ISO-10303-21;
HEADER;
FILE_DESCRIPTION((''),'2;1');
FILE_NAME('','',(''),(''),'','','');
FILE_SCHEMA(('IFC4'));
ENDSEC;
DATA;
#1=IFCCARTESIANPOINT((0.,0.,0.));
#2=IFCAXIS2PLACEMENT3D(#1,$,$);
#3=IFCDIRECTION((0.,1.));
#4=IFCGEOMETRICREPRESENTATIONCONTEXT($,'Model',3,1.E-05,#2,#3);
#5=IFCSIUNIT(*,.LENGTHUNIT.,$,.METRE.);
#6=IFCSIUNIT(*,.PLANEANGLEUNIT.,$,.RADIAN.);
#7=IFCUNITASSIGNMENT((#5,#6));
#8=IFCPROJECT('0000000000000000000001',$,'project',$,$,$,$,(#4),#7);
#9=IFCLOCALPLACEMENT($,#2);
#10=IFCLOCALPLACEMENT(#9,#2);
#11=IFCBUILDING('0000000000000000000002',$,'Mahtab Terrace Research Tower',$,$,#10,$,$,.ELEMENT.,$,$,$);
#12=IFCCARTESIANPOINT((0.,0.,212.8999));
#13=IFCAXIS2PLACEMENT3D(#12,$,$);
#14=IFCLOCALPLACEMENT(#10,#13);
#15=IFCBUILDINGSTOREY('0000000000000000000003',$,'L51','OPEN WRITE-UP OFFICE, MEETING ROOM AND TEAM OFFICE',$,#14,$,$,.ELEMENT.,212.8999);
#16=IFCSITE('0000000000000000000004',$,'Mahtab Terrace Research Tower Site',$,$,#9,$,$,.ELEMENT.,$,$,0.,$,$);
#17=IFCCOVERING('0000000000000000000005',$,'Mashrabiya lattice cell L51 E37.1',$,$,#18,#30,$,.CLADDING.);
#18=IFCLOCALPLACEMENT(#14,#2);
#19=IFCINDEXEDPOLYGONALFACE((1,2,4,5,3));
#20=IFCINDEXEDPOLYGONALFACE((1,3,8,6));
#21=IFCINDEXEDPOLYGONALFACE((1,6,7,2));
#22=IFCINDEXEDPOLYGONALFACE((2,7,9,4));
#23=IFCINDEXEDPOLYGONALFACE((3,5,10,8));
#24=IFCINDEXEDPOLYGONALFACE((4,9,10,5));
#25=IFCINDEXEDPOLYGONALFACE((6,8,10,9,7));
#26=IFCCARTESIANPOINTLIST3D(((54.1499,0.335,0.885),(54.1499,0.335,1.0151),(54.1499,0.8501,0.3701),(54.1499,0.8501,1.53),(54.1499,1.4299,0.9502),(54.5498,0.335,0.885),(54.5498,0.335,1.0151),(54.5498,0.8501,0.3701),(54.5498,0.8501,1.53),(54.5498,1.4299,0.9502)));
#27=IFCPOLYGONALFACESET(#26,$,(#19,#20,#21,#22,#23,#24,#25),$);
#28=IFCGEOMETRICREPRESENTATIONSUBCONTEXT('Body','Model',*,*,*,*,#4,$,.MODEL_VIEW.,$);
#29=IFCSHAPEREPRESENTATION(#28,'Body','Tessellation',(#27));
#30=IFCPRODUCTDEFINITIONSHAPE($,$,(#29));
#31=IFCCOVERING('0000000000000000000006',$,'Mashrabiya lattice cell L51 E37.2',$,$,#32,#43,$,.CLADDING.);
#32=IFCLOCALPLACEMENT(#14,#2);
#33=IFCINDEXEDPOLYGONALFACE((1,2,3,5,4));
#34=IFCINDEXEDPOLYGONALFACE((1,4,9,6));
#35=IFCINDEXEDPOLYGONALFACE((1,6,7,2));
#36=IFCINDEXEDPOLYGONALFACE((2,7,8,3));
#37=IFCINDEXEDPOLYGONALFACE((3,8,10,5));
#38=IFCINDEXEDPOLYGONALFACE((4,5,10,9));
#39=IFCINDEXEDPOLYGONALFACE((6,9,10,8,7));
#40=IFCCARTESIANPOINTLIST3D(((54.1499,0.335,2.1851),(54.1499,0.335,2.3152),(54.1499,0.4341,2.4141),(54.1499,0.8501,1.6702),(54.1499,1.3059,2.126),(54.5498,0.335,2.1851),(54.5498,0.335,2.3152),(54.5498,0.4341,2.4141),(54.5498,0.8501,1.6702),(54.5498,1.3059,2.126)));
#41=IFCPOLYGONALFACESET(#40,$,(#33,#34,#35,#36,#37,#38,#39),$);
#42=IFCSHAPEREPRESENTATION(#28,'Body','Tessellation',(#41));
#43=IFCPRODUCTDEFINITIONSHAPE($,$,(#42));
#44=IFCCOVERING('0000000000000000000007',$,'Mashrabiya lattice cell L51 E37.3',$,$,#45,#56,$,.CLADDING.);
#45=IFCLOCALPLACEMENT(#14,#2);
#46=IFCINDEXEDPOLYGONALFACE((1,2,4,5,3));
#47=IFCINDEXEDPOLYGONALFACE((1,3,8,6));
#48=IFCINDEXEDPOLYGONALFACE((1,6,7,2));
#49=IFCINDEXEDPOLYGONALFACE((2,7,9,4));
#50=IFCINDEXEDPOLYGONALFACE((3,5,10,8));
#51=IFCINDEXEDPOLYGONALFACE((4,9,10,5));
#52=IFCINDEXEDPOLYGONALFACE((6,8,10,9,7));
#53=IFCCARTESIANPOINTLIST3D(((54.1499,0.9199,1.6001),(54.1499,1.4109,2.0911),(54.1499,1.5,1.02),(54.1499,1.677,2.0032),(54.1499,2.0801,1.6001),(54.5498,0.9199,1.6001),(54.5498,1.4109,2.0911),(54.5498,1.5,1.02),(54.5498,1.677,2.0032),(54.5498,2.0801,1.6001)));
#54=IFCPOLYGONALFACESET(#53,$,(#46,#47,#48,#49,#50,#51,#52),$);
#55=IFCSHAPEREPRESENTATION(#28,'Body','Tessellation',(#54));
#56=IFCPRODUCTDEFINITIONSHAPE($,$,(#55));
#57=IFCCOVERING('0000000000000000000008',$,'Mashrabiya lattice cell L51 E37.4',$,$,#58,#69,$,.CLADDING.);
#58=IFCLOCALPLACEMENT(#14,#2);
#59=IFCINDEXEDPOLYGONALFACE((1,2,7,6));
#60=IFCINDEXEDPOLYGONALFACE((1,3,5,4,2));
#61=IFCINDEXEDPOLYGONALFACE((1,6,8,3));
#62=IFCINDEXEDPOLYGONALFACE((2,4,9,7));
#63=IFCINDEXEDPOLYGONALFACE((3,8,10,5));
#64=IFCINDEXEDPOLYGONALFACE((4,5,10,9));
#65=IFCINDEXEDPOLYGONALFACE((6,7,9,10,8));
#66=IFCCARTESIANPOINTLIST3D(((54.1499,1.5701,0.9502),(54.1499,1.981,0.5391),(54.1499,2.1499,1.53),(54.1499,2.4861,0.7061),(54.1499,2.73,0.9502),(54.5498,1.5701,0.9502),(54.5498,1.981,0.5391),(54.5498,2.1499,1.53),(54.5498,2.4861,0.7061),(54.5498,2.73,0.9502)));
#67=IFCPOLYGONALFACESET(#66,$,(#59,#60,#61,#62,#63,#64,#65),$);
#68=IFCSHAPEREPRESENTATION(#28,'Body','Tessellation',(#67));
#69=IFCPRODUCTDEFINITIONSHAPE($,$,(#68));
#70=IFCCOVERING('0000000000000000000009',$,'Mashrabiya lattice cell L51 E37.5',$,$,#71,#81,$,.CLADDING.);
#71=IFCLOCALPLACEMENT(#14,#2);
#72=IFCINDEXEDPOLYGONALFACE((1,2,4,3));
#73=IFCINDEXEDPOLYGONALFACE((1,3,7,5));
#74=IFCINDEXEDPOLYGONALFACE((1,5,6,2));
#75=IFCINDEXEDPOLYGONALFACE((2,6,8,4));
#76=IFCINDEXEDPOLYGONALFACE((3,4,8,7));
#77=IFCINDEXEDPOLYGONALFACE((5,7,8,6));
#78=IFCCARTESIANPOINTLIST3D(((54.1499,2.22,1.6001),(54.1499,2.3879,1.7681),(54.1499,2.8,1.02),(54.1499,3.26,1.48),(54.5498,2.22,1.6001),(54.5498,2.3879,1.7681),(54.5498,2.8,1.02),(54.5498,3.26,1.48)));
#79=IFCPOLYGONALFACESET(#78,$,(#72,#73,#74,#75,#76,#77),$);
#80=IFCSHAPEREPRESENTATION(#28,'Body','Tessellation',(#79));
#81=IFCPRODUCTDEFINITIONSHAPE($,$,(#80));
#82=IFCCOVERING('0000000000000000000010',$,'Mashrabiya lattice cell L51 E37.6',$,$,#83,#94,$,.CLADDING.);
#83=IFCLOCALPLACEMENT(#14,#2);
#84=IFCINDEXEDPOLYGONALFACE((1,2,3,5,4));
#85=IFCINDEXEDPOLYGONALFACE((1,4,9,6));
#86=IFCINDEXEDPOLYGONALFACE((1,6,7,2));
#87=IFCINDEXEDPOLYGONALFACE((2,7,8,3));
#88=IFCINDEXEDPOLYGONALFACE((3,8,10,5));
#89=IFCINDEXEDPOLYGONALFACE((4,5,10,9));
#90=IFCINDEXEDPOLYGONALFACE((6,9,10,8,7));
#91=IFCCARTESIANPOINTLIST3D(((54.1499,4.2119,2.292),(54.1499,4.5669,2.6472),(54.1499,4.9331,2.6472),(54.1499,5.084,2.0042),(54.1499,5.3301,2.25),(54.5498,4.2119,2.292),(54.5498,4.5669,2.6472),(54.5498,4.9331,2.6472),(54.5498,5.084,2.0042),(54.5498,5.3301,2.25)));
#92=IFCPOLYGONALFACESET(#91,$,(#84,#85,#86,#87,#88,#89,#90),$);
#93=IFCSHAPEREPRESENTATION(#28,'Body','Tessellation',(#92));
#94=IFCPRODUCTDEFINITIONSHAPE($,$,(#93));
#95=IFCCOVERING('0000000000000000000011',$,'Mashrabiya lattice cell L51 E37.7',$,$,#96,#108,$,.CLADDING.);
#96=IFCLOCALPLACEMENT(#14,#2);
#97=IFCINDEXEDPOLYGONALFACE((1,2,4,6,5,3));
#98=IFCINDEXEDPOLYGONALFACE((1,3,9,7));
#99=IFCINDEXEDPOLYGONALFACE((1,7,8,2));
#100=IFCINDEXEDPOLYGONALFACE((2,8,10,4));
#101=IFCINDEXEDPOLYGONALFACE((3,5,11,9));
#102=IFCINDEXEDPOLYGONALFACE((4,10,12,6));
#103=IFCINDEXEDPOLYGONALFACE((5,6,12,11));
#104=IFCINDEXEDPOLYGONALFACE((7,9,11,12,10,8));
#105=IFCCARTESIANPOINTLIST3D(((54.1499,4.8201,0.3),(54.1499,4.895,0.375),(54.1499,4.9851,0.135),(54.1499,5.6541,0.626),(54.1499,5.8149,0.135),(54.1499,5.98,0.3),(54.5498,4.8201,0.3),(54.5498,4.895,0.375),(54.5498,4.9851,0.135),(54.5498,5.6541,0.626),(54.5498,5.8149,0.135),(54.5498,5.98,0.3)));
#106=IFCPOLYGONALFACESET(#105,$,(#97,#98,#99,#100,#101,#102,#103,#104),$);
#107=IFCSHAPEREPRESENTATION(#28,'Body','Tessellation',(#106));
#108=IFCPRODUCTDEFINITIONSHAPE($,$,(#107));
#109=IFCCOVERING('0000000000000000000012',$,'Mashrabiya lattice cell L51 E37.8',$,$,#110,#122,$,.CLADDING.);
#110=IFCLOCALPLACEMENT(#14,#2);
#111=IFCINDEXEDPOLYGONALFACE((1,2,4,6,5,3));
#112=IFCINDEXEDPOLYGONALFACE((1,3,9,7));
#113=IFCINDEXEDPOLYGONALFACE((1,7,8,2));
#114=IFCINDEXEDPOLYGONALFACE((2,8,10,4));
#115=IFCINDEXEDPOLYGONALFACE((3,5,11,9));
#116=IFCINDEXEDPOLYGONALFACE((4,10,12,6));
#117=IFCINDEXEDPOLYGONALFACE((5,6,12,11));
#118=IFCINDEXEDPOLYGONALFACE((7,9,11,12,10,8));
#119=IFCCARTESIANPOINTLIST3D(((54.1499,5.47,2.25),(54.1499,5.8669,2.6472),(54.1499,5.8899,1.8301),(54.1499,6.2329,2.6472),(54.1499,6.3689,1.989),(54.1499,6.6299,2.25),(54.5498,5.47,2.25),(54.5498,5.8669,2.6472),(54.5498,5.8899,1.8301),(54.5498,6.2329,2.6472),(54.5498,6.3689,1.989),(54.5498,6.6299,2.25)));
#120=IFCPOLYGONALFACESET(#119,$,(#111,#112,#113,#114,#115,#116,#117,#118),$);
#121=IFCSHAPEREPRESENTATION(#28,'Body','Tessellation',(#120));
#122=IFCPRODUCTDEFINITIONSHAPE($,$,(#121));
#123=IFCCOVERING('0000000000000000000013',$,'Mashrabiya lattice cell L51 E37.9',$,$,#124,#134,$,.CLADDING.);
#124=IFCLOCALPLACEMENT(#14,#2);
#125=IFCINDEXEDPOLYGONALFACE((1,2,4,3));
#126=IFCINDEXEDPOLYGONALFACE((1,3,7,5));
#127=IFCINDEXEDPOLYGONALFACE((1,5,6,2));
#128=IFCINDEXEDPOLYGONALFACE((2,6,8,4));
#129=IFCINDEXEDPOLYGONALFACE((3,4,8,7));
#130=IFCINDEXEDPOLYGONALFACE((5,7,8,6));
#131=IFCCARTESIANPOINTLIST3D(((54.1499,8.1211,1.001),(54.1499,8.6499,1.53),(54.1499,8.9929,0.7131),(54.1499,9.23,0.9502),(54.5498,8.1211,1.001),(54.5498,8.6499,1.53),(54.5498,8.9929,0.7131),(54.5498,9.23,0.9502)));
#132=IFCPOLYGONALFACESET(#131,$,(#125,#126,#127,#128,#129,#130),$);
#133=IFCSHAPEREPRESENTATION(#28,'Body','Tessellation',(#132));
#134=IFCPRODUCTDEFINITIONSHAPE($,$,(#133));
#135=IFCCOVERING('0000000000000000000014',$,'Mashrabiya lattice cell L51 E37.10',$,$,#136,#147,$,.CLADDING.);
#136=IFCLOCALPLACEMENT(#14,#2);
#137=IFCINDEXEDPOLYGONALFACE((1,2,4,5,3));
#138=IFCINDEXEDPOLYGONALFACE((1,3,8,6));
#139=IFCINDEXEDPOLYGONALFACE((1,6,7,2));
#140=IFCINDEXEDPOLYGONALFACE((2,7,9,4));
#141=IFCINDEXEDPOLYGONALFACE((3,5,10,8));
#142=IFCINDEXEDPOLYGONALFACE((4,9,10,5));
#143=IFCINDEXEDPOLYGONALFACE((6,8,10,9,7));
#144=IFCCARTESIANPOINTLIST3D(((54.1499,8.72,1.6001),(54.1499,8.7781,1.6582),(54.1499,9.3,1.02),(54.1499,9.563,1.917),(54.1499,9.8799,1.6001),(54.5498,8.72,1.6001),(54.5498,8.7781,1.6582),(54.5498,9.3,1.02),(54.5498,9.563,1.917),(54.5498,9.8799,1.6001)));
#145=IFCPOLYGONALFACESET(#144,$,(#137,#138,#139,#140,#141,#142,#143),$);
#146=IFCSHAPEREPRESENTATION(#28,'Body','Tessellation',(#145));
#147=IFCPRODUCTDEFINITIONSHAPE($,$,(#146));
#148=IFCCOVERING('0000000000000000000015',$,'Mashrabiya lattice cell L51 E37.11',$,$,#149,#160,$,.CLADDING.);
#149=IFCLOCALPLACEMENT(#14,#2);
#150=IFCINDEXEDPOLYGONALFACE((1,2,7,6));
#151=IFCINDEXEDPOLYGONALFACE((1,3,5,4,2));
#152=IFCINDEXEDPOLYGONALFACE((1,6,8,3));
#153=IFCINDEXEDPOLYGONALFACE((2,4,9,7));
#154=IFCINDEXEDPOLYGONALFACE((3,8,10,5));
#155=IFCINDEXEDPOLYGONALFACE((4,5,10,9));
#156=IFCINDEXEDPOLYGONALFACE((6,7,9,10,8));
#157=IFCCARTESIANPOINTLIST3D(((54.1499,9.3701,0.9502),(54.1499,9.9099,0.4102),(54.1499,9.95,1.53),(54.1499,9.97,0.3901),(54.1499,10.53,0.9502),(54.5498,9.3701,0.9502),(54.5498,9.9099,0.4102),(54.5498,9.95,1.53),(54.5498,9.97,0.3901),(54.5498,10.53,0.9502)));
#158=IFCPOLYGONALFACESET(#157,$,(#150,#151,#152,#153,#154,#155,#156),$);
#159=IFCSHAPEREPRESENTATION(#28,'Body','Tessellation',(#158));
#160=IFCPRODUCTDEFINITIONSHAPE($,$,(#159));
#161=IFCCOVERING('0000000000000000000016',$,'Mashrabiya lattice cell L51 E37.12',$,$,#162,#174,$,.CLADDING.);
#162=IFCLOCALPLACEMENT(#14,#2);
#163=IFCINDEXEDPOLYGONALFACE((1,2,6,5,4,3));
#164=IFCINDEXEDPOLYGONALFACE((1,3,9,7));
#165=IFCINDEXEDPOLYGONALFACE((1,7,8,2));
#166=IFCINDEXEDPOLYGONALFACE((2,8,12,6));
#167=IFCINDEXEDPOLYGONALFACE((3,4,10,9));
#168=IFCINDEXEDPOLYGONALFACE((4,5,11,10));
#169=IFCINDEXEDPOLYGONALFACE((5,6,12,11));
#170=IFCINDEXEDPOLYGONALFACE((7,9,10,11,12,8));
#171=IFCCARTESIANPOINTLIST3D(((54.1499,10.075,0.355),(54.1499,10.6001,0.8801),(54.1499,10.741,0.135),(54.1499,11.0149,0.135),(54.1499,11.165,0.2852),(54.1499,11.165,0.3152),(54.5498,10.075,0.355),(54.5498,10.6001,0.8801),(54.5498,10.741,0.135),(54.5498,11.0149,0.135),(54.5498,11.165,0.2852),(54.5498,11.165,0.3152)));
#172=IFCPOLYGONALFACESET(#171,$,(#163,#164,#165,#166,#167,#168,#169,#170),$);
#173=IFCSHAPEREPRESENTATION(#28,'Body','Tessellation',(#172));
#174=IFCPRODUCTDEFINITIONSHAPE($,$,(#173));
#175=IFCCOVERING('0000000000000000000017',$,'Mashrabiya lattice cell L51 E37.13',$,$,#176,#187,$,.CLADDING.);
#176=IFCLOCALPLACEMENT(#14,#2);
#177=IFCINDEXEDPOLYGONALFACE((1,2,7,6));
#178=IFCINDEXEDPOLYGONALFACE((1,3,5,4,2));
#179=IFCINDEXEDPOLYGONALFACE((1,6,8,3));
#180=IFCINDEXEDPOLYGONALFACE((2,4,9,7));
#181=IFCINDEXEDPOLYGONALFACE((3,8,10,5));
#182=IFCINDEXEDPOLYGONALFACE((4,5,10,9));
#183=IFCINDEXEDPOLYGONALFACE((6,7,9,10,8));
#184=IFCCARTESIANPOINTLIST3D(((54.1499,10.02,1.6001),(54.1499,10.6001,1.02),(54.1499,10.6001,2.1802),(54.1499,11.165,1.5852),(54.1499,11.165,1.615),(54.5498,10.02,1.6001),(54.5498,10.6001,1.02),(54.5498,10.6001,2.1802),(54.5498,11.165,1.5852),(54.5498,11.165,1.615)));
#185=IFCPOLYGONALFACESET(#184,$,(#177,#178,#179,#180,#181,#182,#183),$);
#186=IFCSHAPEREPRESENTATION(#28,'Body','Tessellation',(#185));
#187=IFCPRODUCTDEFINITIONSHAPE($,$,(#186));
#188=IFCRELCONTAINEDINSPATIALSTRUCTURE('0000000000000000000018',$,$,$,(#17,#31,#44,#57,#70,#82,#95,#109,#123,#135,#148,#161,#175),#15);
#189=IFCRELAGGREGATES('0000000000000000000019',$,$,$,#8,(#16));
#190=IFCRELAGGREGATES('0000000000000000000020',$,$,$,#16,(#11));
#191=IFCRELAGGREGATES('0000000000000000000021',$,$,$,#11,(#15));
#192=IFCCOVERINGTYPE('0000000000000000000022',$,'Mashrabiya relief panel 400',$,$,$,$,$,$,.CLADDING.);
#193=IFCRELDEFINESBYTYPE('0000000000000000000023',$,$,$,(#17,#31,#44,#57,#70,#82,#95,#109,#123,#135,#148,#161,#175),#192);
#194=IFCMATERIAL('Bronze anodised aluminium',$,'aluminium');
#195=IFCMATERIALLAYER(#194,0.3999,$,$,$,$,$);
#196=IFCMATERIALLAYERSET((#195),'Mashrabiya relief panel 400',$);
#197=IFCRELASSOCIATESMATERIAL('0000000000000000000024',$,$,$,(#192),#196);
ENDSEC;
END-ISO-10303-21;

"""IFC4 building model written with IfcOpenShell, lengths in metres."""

from ifc_helpers import new_model, si_unit, direction, frame, origin, place, context, subcontext, project, spatial, polyline, outline, extrude, material, layer, layer_set, type_object, element, save


model = new_model("IFC4")

# Units and contexts
model_context = context("Model", 3, precision=1e-05, world=origin(), true_north=direction((0.0, 1.0)))
body_context = subcontext(model_context, "Body", "Model", "MODEL_VIEW")
ifc_project = project(units=[si_unit("LENGTHUNIT", "METRE"), si_unit("PLANEANGLEUNIT", "RADIAN")], contexts=[model_context])

# Site, building, storey
site_placement = place(None, origin())
site = spatial("IfcSite", under=ifc_project, at=site_placement, Name="Mahtab Terrace Research Tower Site", CompositionType="ELEMENT", RefElevation=0.0)
building_placement = place(site_placement, origin())
building = spatial("IfcBuilding", under=site, at=building_placement, Name="Mahtab Terrace Research Tower", CompositionType="ELEMENT")
storey_placement = place(building_placement, frame((0.0, 0.0, 212.8999)))
storey = spatial("IfcBuildingStorey", under=building, at=storey_placement, Name="L51", Description="OPEN WRITE-UP OFFICE, MEETING ROOM AND TEAM OFFICE", CompositionType="ELEMENT", Elevation=212.8999)

# Coverings
ifc_material_1 = material(Name="Bronze anodised aluminium", Category="aluminium")
ifc_layer_1 = layer(ifc_material_1, 0.3999)
ifc_layer_set_1 = layer_set([ifc_layer_1], Name="Mashrabiya relief panel 400")
covering_type = type_object("IfcCoveringType", Name="Mashrabiya relief panel 400", PredefinedType="CLADDING", material=ifc_layer_set_1)
covering_1_placement = place(storey_placement, frame((54.1499, 0.8501, 1.53), z_axis=(-1.0, 0.0, 0.0), x_axis=(0.0, 0.707107, -0.707107)))
element("IfcCovering", 1, at=covering_1_placement, inside=storey, type_object=covering_type, Name="Mashrabiya lattice cell L51 E37.1", PredefinedType="CLADDING", context=body_context, shape_type="SweptSolid", body=[
    extrude(outline(polyline([(0.0, 0.0), (0.82, 0.0), (0.8202, 0.8202), (0.0918, 0.8204), (-0.0002, 0.7283), (0.0, 0.0)])), origin(), (0.0, 0.0, -1.0), 0.3999),
])
covering_2_placement = place(storey_placement, frame((54.1499, 0.8501, 1.6702), z_axis=(-1.0, 0.0, 0.0), x_axis=(0.0, -0.707274, 0.706939)))
element("IfcCovering", 2, at=covering_2_placement, inside=storey, type_object=covering_type, Name="Mashrabiya lattice cell L51 E37.2", PredefinedType="CLADDING", context=body_context, shape_type="SweptSolid", body=[
    extrude(outline(polyline([(0.0, 0.0), (0.7283, 0.0), (0.8203, 0.092), (0.8201, 0.232), (-0.0002, 0.6446), (0.0, 0.0)])), origin(), (0.0, 0.0, -1.0), 0.3999),
])
covering_3_placement = place(storey_placement, frame((54.1499, 2.0801, 1.6001), z_axis=(-1.0, 0.0, 0.0), x_axis=(0.0, -0.707107, -0.707107)))
element("IfcCovering", 3, at=covering_3_placement, inside=storey, type_object=covering_type, Name="Mashrabiya lattice cell L51 E37.3", PredefinedType="CLADDING", context=body_context, shape_type="SweptSolid", body=[
    extrude(outline(polyline([(0.0, 0.0), (0.8204, 0.0), (0.8204, 0.8204), (0.126, 0.8204), (0.0, 0.57), (0.0, 0.0)])), origin(), (0.0, 0.0, -1.0), 0.3999),
])
covering_4_placement = place(storey_placement, frame((54.1499, 1.5701, 0.9502), z_axis=(-1.0, 0.0, 0.0), x_axis=(0.0, 0.707107, 0.707107)))
element("IfcCovering", 4, at=covering_4_placement, inside=storey, type_object=covering_type, Name="Mashrabiya lattice cell L51 E37.4", PredefinedType="CLADDING", context=body_context, shape_type="SweptSolid", body=[
    extrude(outline(polyline([(0.0, 0.0), (0.82, 0.0), (0.8202, 0.8202), (0.4751, 0.8204), (-0.0002, 0.5813), (0.0, 0.0)])), origin(), (0.0, 0.0, -1.0), 0.3999),
])
covering_5_placement = place(storey_placement, frame((54.1499, 2.8, 1.02), z_axis=(-1.0, 0.0, 0.0), x_axis=(0.0, -0.707107, 0.707107)))
element("IfcCovering", 5, at=covering_5_placement, inside=storey, type_object=covering_type, Name="Mashrabiya lattice cell L51 E37.5", PredefinedType="CLADDING", context=body_context, shape_type="SweptSolid", body=[
    extrude(outline(polyline([(0.0, 0.0), (0.8204, 0.0), (0.8204, 0.2375), (0.0, 0.6505), (0.0, 0.0)])), origin(), (0.0, 0.0, -1.0), 0.3999),
])
covering_6_placement = place(storey_placement, frame((54.1499, 5.3301, 2.25), z_axis=(-1.0, 0.0, 0.0), x_axis=(0.0, -0.707458, -0.706756)))
element("IfcCovering", 6, at=covering_6_placement, inside=storey, type_object=covering_type, Name="Mashrabiya lattice cell L51 E37.6", PredefinedType="CLADDING", context=body_context, shape_type="SweptSolid", body=[
    extrude(outline(polyline([(0.0, 0.0), (0.3479, 0.0), (0.7614, 0.82), (0.2592, 0.8204), (0.0001, 0.5616), (0.0, 0.0)])), origin(), (0.0, 0.0, -1.0), 0.3999),
])
covering_7_placement = place(storey_placement, frame((54.1499, 4.8201, 0.3), z_axis=(-1.0, 0.0, 0.0), x_axis=(0.0, 0.707107, 0.707107)))
element("IfcCovering", 7, at=covering_7_placement, inside=storey, type_object=covering_type, Name="Mashrabiya lattice cell L51 E37.7", PredefinedType="CLADDING", context=body_context, shape_type="SweptSolid", body=[
    extrude(outline(polyline([(0.0, 0.0), (0.106, 0.0), (0.8202, 0.3593), (0.8202, 0.8202), (0.5868, 0.8202), (0.0, 0.2334), (0.0, 0.0)])), origin(), (0.0, 0.0, -1.0), 0.3999),
])
covering_8_placement = place(storey_placement, frame((54.1499, 5.47, 2.25), z_axis=(-1.0, 0.0, 0.0), x_axis=(0.0, 0.706889, 0.707324)))
element("IfcCovering", 8, at=covering_8_placement, inside=storey, type_object=covering_type, Name="Mashrabiya lattice cell L51 E37.8", PredefinedType="CLADDING", context=body_context, shape_type="SweptSolid", body=[
    extrude(outline(polyline([(0.0, 0.0), (0.5616, 0.0), (0.8203, 0.2589), (0.8199, 0.8204), (0.4508, 0.8203), (-0.0002, 0.5939), (0.0, 0.0)])), origin(), (0.0, 0.0, -1.0), 0.3999),
])
covering_9_placement = place(storey_placement, frame((54.1499, 8.6499, 1.53), z_axis=(-1.0, 0.0, 0.0), x_axis=(0.0, 0.707256, -0.706958)))
element("IfcCovering", 9, at=covering_9_placement, inside=storey, type_object=covering_type, Name="Mashrabiya lattice cell L51 E37.9", PredefinedType="CLADDING", context=body_context, shape_type="SweptSolid", body=[
    extrude(outline(polyline([(0.0, 0.0), (0.8202, 0.0), (0.8201, 0.3353), (0.0, 0.748), (0.0, 0.0)])), origin(), (0.0, 0.0, -1.0), 0.3999),
])
covering_10_placement = place(storey_placement, frame((54.1499, 9.8799, 1.6001), z_axis=(-1.0, 0.0, 0.0), x_axis=(0.0, -0.706958, -0.707256)))
element("IfcCovering", 10, at=covering_10_placement, inside=storey, type_object=covering_type, Name="Mashrabiya lattice cell L51 E37.10", PredefinedType="CLADDING", context=body_context, shape_type="SweptSolid", body=[
    extrude(outline(polyline([(0.0, 0.0), (0.8202, 0.0), (0.82, 0.8204), (0.7378, 0.8203), (-0.0001, 0.4482), (0.0, 0.0)])), origin(), (0.0, 0.0, -1.0), 0.3999),
])
covering_11_placement = place(storey_placement, frame((54.1499, 9.3701, 0.9502), z_axis=(-1.0, 0.0, 0.0), x_axis=(0.0, 0.707107, 0.707107)))
element("IfcCovering", 11, at=covering_11_placement, inside=storey, type_object=covering_type, Name="Mashrabiya lattice cell L51 E37.11", PredefinedType="CLADDING", context=body_context, shape_type="SweptSolid", body=[
    extrude(outline(polyline([(0.0, 0.0), (0.82, 0.0), (0.8202, 0.8202), (0.0281, 0.8202), (-0.0002, 0.7636), (0.0, 0.0)])), origin(), (0.0, 0.0, -1.0), 0.3999),
])
covering_12_placement = place(storey_placement, frame((54.1499, 11.0149, 0.135), z_axis=(-1.0, 0.0, 0.0), x_axis=(0.0, -1.0, 0.0)))
element("IfcCovering", 12, at=covering_12_placement, inside=storey, type_object=covering_type, Name="Mashrabiya lattice cell L51 E37.12", PredefinedType="CLADDING", context=body_context, shape_type="SweptSolid", body=[
    extrude(outline(polyline([(0.0, 0.0), (0.2739, 0.0), (0.9399, 0.22), (0.4148, 0.7451), (-0.1501, 0.1802), (-0.1501, 0.1501), (0.0, 0.0)])), origin(), (0.0, 0.0, -1.0), 0.3999),
])
covering_13_placement = place(storey_placement, frame((54.1499, 10.6001, 1.02), z_axis=(-1.0, 0.0, 0.0), x_axis=(0.0, -0.707107, 0.707107)))
element("IfcCovering", 13, at=covering_13_placement, inside=storey, type_object=covering_type, Name="Mashrabiya lattice cell L51 E37.13", PredefinedType="CLADDING", context=body_context, shape_type="SweptSolid", body=[
    extrude(outline(polyline([(0.0, 0.0), (0.8204, 0.0), (0.8204, 0.8204), (0.0212, 0.8202), (0.0002, 0.7991), (0.0, 0.0)])), origin(), (0.0, 0.0, -1.0), 0.3999),
])

save(model, "model.ifc")
